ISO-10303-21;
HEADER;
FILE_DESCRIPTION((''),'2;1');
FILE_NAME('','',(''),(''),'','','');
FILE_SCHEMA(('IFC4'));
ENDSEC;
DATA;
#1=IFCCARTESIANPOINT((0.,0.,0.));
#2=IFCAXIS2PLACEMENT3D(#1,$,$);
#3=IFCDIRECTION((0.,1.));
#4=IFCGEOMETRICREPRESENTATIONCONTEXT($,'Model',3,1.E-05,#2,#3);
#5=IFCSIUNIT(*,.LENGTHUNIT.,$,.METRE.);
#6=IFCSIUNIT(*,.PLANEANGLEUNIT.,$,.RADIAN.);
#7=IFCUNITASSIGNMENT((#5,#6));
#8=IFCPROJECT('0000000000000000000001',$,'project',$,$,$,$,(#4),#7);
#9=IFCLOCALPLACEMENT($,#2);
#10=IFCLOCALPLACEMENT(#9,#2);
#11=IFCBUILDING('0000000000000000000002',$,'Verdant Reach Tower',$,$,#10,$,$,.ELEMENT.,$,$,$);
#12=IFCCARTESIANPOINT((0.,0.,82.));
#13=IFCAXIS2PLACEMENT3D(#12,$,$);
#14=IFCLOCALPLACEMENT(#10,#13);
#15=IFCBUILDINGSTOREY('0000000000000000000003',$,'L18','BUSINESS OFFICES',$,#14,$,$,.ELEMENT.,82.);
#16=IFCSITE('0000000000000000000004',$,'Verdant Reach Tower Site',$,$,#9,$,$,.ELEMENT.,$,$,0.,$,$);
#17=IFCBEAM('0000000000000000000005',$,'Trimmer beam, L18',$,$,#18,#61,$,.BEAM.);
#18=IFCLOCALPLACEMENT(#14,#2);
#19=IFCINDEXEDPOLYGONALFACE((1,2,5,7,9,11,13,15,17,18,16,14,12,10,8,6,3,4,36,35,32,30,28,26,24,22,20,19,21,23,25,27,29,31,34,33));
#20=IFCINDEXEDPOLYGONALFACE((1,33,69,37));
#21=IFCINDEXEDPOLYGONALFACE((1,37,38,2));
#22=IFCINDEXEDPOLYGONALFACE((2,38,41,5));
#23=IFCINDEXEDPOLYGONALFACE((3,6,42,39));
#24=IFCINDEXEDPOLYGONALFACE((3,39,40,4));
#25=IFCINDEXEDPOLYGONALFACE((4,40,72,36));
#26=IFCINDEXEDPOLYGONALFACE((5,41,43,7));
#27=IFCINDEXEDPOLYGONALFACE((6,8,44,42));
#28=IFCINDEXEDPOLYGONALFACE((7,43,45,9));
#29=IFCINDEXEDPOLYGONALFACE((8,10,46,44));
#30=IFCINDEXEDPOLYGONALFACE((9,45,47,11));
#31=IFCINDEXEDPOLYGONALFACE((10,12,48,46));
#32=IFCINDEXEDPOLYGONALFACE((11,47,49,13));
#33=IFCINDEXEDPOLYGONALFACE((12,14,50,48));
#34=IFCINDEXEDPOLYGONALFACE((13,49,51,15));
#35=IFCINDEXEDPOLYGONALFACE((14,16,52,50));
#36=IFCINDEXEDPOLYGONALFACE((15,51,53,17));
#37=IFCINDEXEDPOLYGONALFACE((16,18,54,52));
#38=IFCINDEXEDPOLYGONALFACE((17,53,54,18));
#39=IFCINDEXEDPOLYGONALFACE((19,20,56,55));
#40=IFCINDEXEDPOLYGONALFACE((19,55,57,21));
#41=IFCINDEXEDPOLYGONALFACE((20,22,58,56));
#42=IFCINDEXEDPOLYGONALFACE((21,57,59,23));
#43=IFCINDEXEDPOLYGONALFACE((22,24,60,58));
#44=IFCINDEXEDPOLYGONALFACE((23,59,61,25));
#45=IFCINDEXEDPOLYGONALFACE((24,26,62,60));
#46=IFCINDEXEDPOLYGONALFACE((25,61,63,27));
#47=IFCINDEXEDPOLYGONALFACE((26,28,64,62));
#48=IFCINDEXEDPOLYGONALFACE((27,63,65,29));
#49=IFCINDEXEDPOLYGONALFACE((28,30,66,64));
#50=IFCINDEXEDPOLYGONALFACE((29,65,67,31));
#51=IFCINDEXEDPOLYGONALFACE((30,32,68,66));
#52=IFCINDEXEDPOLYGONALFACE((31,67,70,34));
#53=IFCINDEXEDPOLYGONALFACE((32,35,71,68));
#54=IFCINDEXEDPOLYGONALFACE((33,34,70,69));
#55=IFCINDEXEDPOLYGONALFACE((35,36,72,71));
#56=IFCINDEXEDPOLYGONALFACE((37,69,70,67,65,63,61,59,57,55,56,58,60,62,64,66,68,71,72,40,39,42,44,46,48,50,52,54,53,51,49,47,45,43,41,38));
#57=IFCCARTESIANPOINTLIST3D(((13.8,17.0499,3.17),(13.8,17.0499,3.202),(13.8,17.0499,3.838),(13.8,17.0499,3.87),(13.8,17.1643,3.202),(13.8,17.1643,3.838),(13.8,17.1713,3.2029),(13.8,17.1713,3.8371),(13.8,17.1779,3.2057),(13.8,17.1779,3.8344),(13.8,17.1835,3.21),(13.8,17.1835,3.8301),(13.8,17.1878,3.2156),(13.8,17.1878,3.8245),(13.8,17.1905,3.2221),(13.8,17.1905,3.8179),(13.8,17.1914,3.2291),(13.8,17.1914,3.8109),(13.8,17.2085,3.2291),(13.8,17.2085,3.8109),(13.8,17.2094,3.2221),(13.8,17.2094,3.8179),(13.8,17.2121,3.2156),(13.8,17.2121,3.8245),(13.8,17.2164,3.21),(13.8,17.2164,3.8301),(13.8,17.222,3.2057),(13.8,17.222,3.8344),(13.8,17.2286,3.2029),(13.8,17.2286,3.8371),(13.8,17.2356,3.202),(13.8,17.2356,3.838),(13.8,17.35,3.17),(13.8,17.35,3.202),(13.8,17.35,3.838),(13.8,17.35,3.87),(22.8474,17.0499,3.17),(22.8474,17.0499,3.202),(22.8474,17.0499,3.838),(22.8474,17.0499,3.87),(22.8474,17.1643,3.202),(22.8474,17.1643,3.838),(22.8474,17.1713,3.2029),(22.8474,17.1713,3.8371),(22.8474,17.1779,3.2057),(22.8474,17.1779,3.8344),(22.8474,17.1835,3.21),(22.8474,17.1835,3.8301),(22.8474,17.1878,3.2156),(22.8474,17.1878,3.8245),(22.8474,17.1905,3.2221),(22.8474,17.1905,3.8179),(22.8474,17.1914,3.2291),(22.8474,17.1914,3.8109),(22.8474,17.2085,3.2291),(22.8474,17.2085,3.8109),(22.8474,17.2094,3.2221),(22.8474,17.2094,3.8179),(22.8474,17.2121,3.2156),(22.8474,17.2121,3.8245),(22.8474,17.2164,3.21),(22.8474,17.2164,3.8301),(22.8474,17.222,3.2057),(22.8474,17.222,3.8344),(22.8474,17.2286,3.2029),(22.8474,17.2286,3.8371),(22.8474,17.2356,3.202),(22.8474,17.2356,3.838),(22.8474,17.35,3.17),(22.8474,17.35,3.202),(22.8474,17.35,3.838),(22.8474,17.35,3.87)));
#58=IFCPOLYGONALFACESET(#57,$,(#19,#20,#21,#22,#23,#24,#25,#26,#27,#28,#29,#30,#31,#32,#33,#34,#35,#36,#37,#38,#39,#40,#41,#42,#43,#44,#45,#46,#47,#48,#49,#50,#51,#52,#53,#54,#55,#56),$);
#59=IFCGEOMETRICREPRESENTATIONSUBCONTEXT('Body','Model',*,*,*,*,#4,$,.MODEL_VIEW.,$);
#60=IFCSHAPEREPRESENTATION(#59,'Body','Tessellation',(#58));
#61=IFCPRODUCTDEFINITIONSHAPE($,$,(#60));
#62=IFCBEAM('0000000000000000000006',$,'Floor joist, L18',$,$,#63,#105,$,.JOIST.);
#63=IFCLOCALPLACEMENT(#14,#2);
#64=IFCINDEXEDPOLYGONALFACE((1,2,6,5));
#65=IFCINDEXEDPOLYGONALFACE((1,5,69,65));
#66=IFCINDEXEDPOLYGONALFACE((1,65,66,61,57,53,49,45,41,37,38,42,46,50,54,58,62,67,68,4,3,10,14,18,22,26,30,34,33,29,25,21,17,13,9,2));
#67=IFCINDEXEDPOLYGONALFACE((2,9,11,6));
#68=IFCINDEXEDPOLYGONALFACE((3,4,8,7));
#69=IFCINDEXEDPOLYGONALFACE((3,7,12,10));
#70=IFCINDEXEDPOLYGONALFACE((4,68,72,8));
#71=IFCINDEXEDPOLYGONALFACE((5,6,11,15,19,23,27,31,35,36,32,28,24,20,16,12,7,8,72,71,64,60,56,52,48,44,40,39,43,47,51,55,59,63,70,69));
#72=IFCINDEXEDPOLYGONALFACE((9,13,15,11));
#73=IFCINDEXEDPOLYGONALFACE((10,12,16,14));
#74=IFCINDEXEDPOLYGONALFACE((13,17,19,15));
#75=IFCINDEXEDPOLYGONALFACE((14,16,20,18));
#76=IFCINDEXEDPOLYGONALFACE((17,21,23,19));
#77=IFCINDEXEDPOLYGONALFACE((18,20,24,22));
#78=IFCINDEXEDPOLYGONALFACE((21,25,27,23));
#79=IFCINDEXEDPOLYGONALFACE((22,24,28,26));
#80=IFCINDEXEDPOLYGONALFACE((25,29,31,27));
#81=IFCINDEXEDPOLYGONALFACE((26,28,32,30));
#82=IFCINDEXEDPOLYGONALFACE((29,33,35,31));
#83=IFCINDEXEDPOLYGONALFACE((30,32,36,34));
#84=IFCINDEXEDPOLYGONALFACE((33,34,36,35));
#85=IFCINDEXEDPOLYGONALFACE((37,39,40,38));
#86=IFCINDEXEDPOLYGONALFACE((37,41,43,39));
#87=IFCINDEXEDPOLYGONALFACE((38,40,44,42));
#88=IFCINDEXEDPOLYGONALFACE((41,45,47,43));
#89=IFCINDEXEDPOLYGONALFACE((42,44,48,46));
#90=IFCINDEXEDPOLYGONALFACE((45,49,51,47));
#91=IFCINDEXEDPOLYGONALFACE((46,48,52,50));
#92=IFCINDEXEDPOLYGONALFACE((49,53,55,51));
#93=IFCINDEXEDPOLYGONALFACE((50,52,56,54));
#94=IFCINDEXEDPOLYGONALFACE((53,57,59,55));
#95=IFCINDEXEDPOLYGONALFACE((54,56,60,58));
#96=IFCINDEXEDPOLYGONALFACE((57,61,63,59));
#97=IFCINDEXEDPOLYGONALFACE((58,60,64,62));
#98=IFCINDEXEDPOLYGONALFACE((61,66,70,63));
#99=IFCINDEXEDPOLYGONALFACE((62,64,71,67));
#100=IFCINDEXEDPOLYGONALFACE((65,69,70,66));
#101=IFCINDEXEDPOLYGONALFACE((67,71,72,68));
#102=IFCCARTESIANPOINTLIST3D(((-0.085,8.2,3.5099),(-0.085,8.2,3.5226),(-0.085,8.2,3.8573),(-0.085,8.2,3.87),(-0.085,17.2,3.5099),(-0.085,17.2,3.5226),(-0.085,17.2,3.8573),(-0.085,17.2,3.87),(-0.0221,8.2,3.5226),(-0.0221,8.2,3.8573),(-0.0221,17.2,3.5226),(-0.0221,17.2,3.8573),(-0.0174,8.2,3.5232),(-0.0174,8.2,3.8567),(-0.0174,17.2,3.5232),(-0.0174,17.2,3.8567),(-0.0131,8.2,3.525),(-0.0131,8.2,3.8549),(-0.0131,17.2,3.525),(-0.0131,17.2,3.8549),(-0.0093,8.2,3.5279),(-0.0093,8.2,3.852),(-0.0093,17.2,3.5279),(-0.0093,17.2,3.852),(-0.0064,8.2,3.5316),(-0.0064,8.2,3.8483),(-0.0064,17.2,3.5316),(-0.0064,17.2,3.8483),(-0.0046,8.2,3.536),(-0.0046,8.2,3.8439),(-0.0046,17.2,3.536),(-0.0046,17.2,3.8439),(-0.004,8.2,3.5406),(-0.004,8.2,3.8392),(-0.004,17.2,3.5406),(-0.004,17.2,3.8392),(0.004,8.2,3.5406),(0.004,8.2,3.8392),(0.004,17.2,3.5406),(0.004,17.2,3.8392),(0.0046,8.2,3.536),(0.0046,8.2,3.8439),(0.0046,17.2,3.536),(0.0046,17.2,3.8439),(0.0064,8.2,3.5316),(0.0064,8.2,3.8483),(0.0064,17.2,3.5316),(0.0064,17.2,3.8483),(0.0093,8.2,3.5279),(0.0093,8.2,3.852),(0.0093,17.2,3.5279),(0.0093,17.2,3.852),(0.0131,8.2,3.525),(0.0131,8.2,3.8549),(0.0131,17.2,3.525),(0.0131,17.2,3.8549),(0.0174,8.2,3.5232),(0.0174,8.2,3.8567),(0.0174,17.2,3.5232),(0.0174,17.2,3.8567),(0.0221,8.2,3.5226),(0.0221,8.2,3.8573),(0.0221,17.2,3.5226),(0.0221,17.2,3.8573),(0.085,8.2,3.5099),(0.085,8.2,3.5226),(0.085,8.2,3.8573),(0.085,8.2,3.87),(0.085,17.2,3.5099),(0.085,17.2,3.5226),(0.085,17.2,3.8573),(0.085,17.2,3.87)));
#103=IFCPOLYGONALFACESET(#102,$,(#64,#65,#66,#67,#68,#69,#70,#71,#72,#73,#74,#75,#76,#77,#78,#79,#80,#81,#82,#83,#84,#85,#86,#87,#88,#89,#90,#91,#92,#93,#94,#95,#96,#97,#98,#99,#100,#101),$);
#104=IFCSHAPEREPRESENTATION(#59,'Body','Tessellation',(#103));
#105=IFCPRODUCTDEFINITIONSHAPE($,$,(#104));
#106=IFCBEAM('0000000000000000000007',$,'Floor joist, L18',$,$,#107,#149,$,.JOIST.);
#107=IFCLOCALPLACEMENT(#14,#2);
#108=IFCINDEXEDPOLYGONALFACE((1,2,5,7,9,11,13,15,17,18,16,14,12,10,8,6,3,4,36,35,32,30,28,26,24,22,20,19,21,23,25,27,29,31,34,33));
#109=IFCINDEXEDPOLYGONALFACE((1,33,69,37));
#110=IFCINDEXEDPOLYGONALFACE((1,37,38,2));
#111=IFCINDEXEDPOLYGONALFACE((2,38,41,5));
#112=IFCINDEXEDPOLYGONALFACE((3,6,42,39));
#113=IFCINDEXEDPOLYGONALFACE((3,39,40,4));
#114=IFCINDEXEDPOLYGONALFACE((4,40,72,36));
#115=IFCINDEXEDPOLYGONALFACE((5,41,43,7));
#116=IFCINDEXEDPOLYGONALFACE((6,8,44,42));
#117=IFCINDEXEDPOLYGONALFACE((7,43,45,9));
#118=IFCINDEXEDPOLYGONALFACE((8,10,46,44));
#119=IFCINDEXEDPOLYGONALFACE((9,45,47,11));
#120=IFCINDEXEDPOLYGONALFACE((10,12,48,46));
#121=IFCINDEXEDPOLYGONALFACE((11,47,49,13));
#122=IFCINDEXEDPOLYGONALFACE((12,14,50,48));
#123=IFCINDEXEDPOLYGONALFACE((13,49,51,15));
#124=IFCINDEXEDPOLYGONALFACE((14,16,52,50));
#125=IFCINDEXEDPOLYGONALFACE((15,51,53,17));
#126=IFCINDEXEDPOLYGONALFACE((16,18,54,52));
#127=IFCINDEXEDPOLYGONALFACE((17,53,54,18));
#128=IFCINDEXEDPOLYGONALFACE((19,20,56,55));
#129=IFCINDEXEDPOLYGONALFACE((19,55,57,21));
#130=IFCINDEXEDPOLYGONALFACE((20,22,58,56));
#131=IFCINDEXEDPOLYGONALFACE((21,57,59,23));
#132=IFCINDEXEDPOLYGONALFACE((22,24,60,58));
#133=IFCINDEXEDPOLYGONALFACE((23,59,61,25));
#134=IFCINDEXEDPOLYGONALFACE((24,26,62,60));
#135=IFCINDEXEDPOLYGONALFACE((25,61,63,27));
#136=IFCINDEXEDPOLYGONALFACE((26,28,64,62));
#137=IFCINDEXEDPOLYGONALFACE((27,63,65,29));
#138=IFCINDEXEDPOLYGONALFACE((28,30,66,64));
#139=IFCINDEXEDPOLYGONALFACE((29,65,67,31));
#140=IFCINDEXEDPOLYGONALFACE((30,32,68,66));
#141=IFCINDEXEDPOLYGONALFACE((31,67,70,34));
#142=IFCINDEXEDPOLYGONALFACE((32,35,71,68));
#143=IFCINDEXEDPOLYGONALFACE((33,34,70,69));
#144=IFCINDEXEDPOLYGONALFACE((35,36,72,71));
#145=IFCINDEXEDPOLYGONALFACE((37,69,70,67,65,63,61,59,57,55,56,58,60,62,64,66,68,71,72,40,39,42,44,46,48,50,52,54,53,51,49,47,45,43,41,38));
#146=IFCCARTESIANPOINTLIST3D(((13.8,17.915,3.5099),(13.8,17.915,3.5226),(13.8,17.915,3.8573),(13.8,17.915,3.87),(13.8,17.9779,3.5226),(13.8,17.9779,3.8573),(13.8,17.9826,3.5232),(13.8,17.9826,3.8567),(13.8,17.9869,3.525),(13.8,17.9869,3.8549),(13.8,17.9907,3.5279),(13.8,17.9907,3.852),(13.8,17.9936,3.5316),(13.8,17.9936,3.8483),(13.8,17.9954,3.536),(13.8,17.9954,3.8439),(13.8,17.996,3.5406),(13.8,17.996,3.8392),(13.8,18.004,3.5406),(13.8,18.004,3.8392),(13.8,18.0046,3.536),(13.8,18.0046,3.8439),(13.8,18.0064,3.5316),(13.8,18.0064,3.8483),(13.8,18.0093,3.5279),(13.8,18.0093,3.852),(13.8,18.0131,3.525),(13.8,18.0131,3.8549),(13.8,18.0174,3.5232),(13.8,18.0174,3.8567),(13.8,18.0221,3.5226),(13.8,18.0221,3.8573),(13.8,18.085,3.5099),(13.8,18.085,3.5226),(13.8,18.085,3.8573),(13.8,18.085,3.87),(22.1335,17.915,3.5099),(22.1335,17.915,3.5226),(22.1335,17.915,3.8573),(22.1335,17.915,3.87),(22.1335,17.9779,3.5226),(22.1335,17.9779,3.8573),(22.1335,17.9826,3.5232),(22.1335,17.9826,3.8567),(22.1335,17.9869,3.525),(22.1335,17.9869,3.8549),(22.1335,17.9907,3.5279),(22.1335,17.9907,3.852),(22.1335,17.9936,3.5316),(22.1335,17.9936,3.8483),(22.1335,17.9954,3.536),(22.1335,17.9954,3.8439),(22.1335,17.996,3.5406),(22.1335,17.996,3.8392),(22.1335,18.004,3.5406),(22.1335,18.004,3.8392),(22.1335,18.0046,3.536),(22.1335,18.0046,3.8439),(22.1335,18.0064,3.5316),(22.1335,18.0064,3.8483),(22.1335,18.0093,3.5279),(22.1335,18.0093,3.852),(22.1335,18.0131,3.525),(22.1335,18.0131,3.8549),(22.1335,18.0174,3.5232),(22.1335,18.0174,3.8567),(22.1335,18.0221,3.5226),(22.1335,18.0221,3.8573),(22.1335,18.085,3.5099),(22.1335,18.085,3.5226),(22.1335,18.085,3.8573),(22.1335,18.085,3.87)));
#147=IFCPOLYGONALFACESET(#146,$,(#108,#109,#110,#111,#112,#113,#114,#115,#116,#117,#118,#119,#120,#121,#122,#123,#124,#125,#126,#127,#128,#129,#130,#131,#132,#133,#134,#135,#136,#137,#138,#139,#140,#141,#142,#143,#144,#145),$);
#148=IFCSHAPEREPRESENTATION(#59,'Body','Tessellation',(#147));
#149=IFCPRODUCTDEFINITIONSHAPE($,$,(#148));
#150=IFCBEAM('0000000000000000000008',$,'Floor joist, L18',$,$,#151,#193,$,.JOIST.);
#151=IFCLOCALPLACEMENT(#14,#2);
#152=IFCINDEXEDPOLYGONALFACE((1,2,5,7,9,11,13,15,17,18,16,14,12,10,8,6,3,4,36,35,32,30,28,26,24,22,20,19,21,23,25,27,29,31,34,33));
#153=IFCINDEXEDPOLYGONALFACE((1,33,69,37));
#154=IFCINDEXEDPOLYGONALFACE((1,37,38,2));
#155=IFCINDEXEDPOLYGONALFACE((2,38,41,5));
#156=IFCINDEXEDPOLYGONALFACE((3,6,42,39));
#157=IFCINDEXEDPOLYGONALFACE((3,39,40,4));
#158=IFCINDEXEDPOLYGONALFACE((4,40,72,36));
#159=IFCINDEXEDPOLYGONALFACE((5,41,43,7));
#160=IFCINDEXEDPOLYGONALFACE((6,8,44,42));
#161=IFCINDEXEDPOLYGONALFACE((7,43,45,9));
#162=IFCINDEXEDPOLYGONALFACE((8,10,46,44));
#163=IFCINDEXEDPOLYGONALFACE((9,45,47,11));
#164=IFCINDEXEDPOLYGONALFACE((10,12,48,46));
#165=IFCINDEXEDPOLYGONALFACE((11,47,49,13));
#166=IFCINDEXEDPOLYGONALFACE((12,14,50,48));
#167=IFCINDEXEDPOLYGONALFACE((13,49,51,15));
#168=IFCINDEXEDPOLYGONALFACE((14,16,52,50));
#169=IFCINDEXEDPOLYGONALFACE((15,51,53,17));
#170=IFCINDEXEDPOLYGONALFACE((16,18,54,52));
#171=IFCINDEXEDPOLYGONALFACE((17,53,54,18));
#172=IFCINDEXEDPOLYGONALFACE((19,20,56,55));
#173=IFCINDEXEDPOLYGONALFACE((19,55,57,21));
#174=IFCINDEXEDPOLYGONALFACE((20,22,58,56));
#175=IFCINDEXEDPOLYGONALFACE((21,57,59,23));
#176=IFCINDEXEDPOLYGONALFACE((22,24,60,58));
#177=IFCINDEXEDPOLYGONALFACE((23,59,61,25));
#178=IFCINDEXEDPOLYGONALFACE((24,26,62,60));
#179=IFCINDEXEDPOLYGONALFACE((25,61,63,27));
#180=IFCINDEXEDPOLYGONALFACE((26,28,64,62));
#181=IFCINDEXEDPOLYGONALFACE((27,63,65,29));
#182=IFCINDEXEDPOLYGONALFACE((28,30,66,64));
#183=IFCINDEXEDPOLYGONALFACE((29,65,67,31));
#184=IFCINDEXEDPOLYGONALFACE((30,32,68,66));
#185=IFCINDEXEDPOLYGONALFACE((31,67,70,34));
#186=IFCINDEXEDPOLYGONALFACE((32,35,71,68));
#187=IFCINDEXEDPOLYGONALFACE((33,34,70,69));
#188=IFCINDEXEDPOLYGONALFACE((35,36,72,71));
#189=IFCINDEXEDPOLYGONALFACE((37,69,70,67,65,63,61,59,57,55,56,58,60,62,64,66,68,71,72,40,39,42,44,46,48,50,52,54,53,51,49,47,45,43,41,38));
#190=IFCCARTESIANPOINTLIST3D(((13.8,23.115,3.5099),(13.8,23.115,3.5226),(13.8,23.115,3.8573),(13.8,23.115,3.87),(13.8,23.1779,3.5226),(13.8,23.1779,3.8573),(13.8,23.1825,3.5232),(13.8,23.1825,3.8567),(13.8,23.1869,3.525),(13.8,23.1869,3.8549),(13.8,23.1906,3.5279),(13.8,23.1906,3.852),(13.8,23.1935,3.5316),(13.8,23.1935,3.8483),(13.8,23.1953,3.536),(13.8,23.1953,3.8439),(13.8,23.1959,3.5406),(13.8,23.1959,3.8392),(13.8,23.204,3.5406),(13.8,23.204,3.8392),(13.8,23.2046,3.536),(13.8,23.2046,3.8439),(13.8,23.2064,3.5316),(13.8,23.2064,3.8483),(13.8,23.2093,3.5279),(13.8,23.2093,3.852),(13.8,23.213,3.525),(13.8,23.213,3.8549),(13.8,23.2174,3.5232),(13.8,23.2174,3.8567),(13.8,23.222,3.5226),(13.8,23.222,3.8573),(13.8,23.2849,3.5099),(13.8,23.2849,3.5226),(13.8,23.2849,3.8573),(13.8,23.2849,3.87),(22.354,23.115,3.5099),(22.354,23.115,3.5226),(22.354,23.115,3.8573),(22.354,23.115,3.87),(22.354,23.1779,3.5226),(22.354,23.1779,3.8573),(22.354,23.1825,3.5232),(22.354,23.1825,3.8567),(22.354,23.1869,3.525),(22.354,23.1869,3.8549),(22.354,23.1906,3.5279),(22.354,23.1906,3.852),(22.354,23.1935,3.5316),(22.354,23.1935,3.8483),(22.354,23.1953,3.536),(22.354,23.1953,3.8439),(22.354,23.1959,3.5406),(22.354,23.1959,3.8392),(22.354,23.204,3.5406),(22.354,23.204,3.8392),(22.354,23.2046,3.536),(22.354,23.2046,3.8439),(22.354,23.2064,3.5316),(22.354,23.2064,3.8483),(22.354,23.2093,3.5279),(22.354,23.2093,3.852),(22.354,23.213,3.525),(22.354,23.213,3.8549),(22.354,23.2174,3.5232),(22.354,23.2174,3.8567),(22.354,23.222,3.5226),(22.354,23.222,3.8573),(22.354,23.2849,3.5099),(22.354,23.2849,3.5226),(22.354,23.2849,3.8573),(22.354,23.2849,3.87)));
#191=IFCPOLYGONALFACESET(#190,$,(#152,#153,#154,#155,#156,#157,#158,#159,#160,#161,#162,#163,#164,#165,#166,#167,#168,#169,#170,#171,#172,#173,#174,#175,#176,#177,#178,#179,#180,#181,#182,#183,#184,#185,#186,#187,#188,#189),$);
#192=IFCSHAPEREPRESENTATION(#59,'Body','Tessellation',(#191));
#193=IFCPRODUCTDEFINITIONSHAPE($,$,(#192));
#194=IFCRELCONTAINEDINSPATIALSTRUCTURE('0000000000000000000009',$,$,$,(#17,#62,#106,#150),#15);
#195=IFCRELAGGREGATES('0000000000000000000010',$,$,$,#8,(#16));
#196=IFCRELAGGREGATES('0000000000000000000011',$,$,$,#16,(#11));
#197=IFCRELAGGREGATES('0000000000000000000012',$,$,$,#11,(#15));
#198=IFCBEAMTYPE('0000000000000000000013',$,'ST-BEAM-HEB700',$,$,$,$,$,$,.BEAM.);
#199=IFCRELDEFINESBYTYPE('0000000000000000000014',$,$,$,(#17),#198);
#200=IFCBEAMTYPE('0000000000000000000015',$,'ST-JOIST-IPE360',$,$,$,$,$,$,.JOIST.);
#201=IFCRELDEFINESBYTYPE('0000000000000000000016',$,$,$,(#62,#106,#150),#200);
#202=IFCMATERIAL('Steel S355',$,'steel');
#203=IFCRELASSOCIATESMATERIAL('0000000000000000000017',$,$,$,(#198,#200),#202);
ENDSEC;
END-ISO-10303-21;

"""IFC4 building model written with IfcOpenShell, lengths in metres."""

from ifc_helpers import new_model, si_unit, direction, frame, origin, origin_2d, place, context, subcontext, project, spatial, i_section, extrude, material, material_profile, profile_set, type_object, element, save


model = new_model("IFC4")

# Units and contexts
model_context = context("Model", 3, precision=1e-05, world=origin(), true_north=direction((0.0, 1.0)))
body_context = subcontext(model_context, "Body", "Model", "MODEL_VIEW")
ifc_project = project(units=[si_unit("LENGTHUNIT", "METRE"), si_unit("PLANEANGLEUNIT", "RADIAN")], contexts=[model_context])

# Site, building, storey
site_placement = place(None, origin())
site = spatial("IfcSite", under=ifc_project, at=site_placement, Name="Verdant Reach Tower Site", CompositionType="ELEMENT", RefElevation=0.0)
building_placement = place(site_placement, origin())
building = spatial("IfcBuilding", under=site, at=building_placement, Name="Verdant Reach Tower", CompositionType="ELEMENT")
storey_placement = place(building_placement, frame((0.0, 0.0, 82.0)))
storey = spatial("IfcBuildingStorey", under=building, at=storey_placement, Name="L18", Description="BUSINESS OFFICES", CompositionType="ELEMENT", Elevation=82.0)

# Beams
ifc_material_1 = material(Name="Steel S355", Category="steel")
ifc_material_profile_1 = material_profile(ifc_material_1, i_section(OverallWidth=0.3, OverallDepth=0.7, WebThickness=0.0171, FlangeThickness=0.032, FilletRadius=0.0271, at=origin_2d()), Name="HEB 700")
ifc_profile_set_1 = profile_set([ifc_material_profile_1], Name="Steel S355")
beam_type_1 = type_object("IfcBeamType", Name="ST-BEAM-HEB700", PredefinedType="BEAM", material=ifc_profile_set_1)
beam_1_placement = place(storey_placement, frame((13.8, 17.2, 3.52), z_axis=(1.0, 0.0, 0.0), x_axis=(0.0, 1.0, 0.0)))
element("IfcBeam", 1, at=beam_1_placement, inside=storey, type_object=beam_type_1, Name="Trimmer beam, L18", PredefinedType="BEAM", context=body_context, shape_type="SweptSolid", body=[
    extrude(i_section(OverallWidth=0.3, OverallDepth=0.7, WebThickness=0.0171, FlangeThickness=0.032, FilletRadius=0.0271, at=origin_2d()), origin(), (0.0, 0.0, 1.0), 9.0474),
])
ifc_material_profile_2 = material_profile(ifc_material_1, i_section(OverallWidth=0.1699, OverallDepth=0.3601, WebThickness=0.0081, FlangeThickness=0.0127, FilletRadius=0.0181, at=origin_2d()), Name="IPE 360")
ifc_profile_set_2 = profile_set([ifc_material_profile_2], Name="Steel S355")
beam_type_2 = type_object("IfcBeamType", Name="ST-JOIST-IPE360", PredefinedType="JOIST", material=ifc_profile_set_2)
beam_2_placement = place(storey_placement, frame((0.0, 17.2, 3.6899), z_axis=(0.0, -1.0, 0.0), x_axis=(1.0, 0.0, 0.0)))
element("IfcBeam", 2, at=beam_2_placement, inside=storey, type_object=beam_type_2, Name="Floor joist, L18", PredefinedType="JOIST", context=body_context, shape_type="SweptSolid", body=[
    extrude(i_section(OverallWidth=0.1699, OverallDepth=0.3601, WebThickness=0.0081, FlangeThickness=0.0127, FilletRadius=0.0181, at=origin_2d()), origin(), (0.0, 0.0, 1.0), 9.0),
])
beam_3_placement = place(storey_placement, frame((13.8, 18.0, 3.6899), z_axis=(1.0, 0.0, 0.0), x_axis=(0.0, 1.0, 0.0)))
element("IfcBeam", 3, at=beam_3_placement, inside=storey, type_object=beam_type_2, Name="Floor joist, L18", PredefinedType="JOIST", context=body_context, shape_type="SweptSolid", body=[
    extrude(i_section(OverallWidth=0.1699, OverallDepth=0.3601, WebThickness=0.0081, FlangeThickness=0.0127, FilletRadius=0.0181, at=origin_2d()), origin(), (0.0, 0.0, 1.0), 8.3335),
])
beam_4_placement = place(storey_placement, frame((13.8, 23.2, 3.6899), z_axis=(1.0, 0.0, 0.0), x_axis=(0.0, 1.0, 0.0)))
element("IfcBeam", 4, at=beam_4_placement, inside=storey, type_object=beam_type_2, Name="Floor joist, L18", PredefinedType="JOIST", context=body_context, shape_type="SweptSolid", body=[
    extrude(i_section(OverallWidth=0.1699, OverallDepth=0.3601, WebThickness=0.0081, FlangeThickness=0.0127, FilletRadius=0.0181, at=origin_2d()), origin(), (0.0, 0.0, 1.0), 8.554),
])

save(model, "model.ifc")
